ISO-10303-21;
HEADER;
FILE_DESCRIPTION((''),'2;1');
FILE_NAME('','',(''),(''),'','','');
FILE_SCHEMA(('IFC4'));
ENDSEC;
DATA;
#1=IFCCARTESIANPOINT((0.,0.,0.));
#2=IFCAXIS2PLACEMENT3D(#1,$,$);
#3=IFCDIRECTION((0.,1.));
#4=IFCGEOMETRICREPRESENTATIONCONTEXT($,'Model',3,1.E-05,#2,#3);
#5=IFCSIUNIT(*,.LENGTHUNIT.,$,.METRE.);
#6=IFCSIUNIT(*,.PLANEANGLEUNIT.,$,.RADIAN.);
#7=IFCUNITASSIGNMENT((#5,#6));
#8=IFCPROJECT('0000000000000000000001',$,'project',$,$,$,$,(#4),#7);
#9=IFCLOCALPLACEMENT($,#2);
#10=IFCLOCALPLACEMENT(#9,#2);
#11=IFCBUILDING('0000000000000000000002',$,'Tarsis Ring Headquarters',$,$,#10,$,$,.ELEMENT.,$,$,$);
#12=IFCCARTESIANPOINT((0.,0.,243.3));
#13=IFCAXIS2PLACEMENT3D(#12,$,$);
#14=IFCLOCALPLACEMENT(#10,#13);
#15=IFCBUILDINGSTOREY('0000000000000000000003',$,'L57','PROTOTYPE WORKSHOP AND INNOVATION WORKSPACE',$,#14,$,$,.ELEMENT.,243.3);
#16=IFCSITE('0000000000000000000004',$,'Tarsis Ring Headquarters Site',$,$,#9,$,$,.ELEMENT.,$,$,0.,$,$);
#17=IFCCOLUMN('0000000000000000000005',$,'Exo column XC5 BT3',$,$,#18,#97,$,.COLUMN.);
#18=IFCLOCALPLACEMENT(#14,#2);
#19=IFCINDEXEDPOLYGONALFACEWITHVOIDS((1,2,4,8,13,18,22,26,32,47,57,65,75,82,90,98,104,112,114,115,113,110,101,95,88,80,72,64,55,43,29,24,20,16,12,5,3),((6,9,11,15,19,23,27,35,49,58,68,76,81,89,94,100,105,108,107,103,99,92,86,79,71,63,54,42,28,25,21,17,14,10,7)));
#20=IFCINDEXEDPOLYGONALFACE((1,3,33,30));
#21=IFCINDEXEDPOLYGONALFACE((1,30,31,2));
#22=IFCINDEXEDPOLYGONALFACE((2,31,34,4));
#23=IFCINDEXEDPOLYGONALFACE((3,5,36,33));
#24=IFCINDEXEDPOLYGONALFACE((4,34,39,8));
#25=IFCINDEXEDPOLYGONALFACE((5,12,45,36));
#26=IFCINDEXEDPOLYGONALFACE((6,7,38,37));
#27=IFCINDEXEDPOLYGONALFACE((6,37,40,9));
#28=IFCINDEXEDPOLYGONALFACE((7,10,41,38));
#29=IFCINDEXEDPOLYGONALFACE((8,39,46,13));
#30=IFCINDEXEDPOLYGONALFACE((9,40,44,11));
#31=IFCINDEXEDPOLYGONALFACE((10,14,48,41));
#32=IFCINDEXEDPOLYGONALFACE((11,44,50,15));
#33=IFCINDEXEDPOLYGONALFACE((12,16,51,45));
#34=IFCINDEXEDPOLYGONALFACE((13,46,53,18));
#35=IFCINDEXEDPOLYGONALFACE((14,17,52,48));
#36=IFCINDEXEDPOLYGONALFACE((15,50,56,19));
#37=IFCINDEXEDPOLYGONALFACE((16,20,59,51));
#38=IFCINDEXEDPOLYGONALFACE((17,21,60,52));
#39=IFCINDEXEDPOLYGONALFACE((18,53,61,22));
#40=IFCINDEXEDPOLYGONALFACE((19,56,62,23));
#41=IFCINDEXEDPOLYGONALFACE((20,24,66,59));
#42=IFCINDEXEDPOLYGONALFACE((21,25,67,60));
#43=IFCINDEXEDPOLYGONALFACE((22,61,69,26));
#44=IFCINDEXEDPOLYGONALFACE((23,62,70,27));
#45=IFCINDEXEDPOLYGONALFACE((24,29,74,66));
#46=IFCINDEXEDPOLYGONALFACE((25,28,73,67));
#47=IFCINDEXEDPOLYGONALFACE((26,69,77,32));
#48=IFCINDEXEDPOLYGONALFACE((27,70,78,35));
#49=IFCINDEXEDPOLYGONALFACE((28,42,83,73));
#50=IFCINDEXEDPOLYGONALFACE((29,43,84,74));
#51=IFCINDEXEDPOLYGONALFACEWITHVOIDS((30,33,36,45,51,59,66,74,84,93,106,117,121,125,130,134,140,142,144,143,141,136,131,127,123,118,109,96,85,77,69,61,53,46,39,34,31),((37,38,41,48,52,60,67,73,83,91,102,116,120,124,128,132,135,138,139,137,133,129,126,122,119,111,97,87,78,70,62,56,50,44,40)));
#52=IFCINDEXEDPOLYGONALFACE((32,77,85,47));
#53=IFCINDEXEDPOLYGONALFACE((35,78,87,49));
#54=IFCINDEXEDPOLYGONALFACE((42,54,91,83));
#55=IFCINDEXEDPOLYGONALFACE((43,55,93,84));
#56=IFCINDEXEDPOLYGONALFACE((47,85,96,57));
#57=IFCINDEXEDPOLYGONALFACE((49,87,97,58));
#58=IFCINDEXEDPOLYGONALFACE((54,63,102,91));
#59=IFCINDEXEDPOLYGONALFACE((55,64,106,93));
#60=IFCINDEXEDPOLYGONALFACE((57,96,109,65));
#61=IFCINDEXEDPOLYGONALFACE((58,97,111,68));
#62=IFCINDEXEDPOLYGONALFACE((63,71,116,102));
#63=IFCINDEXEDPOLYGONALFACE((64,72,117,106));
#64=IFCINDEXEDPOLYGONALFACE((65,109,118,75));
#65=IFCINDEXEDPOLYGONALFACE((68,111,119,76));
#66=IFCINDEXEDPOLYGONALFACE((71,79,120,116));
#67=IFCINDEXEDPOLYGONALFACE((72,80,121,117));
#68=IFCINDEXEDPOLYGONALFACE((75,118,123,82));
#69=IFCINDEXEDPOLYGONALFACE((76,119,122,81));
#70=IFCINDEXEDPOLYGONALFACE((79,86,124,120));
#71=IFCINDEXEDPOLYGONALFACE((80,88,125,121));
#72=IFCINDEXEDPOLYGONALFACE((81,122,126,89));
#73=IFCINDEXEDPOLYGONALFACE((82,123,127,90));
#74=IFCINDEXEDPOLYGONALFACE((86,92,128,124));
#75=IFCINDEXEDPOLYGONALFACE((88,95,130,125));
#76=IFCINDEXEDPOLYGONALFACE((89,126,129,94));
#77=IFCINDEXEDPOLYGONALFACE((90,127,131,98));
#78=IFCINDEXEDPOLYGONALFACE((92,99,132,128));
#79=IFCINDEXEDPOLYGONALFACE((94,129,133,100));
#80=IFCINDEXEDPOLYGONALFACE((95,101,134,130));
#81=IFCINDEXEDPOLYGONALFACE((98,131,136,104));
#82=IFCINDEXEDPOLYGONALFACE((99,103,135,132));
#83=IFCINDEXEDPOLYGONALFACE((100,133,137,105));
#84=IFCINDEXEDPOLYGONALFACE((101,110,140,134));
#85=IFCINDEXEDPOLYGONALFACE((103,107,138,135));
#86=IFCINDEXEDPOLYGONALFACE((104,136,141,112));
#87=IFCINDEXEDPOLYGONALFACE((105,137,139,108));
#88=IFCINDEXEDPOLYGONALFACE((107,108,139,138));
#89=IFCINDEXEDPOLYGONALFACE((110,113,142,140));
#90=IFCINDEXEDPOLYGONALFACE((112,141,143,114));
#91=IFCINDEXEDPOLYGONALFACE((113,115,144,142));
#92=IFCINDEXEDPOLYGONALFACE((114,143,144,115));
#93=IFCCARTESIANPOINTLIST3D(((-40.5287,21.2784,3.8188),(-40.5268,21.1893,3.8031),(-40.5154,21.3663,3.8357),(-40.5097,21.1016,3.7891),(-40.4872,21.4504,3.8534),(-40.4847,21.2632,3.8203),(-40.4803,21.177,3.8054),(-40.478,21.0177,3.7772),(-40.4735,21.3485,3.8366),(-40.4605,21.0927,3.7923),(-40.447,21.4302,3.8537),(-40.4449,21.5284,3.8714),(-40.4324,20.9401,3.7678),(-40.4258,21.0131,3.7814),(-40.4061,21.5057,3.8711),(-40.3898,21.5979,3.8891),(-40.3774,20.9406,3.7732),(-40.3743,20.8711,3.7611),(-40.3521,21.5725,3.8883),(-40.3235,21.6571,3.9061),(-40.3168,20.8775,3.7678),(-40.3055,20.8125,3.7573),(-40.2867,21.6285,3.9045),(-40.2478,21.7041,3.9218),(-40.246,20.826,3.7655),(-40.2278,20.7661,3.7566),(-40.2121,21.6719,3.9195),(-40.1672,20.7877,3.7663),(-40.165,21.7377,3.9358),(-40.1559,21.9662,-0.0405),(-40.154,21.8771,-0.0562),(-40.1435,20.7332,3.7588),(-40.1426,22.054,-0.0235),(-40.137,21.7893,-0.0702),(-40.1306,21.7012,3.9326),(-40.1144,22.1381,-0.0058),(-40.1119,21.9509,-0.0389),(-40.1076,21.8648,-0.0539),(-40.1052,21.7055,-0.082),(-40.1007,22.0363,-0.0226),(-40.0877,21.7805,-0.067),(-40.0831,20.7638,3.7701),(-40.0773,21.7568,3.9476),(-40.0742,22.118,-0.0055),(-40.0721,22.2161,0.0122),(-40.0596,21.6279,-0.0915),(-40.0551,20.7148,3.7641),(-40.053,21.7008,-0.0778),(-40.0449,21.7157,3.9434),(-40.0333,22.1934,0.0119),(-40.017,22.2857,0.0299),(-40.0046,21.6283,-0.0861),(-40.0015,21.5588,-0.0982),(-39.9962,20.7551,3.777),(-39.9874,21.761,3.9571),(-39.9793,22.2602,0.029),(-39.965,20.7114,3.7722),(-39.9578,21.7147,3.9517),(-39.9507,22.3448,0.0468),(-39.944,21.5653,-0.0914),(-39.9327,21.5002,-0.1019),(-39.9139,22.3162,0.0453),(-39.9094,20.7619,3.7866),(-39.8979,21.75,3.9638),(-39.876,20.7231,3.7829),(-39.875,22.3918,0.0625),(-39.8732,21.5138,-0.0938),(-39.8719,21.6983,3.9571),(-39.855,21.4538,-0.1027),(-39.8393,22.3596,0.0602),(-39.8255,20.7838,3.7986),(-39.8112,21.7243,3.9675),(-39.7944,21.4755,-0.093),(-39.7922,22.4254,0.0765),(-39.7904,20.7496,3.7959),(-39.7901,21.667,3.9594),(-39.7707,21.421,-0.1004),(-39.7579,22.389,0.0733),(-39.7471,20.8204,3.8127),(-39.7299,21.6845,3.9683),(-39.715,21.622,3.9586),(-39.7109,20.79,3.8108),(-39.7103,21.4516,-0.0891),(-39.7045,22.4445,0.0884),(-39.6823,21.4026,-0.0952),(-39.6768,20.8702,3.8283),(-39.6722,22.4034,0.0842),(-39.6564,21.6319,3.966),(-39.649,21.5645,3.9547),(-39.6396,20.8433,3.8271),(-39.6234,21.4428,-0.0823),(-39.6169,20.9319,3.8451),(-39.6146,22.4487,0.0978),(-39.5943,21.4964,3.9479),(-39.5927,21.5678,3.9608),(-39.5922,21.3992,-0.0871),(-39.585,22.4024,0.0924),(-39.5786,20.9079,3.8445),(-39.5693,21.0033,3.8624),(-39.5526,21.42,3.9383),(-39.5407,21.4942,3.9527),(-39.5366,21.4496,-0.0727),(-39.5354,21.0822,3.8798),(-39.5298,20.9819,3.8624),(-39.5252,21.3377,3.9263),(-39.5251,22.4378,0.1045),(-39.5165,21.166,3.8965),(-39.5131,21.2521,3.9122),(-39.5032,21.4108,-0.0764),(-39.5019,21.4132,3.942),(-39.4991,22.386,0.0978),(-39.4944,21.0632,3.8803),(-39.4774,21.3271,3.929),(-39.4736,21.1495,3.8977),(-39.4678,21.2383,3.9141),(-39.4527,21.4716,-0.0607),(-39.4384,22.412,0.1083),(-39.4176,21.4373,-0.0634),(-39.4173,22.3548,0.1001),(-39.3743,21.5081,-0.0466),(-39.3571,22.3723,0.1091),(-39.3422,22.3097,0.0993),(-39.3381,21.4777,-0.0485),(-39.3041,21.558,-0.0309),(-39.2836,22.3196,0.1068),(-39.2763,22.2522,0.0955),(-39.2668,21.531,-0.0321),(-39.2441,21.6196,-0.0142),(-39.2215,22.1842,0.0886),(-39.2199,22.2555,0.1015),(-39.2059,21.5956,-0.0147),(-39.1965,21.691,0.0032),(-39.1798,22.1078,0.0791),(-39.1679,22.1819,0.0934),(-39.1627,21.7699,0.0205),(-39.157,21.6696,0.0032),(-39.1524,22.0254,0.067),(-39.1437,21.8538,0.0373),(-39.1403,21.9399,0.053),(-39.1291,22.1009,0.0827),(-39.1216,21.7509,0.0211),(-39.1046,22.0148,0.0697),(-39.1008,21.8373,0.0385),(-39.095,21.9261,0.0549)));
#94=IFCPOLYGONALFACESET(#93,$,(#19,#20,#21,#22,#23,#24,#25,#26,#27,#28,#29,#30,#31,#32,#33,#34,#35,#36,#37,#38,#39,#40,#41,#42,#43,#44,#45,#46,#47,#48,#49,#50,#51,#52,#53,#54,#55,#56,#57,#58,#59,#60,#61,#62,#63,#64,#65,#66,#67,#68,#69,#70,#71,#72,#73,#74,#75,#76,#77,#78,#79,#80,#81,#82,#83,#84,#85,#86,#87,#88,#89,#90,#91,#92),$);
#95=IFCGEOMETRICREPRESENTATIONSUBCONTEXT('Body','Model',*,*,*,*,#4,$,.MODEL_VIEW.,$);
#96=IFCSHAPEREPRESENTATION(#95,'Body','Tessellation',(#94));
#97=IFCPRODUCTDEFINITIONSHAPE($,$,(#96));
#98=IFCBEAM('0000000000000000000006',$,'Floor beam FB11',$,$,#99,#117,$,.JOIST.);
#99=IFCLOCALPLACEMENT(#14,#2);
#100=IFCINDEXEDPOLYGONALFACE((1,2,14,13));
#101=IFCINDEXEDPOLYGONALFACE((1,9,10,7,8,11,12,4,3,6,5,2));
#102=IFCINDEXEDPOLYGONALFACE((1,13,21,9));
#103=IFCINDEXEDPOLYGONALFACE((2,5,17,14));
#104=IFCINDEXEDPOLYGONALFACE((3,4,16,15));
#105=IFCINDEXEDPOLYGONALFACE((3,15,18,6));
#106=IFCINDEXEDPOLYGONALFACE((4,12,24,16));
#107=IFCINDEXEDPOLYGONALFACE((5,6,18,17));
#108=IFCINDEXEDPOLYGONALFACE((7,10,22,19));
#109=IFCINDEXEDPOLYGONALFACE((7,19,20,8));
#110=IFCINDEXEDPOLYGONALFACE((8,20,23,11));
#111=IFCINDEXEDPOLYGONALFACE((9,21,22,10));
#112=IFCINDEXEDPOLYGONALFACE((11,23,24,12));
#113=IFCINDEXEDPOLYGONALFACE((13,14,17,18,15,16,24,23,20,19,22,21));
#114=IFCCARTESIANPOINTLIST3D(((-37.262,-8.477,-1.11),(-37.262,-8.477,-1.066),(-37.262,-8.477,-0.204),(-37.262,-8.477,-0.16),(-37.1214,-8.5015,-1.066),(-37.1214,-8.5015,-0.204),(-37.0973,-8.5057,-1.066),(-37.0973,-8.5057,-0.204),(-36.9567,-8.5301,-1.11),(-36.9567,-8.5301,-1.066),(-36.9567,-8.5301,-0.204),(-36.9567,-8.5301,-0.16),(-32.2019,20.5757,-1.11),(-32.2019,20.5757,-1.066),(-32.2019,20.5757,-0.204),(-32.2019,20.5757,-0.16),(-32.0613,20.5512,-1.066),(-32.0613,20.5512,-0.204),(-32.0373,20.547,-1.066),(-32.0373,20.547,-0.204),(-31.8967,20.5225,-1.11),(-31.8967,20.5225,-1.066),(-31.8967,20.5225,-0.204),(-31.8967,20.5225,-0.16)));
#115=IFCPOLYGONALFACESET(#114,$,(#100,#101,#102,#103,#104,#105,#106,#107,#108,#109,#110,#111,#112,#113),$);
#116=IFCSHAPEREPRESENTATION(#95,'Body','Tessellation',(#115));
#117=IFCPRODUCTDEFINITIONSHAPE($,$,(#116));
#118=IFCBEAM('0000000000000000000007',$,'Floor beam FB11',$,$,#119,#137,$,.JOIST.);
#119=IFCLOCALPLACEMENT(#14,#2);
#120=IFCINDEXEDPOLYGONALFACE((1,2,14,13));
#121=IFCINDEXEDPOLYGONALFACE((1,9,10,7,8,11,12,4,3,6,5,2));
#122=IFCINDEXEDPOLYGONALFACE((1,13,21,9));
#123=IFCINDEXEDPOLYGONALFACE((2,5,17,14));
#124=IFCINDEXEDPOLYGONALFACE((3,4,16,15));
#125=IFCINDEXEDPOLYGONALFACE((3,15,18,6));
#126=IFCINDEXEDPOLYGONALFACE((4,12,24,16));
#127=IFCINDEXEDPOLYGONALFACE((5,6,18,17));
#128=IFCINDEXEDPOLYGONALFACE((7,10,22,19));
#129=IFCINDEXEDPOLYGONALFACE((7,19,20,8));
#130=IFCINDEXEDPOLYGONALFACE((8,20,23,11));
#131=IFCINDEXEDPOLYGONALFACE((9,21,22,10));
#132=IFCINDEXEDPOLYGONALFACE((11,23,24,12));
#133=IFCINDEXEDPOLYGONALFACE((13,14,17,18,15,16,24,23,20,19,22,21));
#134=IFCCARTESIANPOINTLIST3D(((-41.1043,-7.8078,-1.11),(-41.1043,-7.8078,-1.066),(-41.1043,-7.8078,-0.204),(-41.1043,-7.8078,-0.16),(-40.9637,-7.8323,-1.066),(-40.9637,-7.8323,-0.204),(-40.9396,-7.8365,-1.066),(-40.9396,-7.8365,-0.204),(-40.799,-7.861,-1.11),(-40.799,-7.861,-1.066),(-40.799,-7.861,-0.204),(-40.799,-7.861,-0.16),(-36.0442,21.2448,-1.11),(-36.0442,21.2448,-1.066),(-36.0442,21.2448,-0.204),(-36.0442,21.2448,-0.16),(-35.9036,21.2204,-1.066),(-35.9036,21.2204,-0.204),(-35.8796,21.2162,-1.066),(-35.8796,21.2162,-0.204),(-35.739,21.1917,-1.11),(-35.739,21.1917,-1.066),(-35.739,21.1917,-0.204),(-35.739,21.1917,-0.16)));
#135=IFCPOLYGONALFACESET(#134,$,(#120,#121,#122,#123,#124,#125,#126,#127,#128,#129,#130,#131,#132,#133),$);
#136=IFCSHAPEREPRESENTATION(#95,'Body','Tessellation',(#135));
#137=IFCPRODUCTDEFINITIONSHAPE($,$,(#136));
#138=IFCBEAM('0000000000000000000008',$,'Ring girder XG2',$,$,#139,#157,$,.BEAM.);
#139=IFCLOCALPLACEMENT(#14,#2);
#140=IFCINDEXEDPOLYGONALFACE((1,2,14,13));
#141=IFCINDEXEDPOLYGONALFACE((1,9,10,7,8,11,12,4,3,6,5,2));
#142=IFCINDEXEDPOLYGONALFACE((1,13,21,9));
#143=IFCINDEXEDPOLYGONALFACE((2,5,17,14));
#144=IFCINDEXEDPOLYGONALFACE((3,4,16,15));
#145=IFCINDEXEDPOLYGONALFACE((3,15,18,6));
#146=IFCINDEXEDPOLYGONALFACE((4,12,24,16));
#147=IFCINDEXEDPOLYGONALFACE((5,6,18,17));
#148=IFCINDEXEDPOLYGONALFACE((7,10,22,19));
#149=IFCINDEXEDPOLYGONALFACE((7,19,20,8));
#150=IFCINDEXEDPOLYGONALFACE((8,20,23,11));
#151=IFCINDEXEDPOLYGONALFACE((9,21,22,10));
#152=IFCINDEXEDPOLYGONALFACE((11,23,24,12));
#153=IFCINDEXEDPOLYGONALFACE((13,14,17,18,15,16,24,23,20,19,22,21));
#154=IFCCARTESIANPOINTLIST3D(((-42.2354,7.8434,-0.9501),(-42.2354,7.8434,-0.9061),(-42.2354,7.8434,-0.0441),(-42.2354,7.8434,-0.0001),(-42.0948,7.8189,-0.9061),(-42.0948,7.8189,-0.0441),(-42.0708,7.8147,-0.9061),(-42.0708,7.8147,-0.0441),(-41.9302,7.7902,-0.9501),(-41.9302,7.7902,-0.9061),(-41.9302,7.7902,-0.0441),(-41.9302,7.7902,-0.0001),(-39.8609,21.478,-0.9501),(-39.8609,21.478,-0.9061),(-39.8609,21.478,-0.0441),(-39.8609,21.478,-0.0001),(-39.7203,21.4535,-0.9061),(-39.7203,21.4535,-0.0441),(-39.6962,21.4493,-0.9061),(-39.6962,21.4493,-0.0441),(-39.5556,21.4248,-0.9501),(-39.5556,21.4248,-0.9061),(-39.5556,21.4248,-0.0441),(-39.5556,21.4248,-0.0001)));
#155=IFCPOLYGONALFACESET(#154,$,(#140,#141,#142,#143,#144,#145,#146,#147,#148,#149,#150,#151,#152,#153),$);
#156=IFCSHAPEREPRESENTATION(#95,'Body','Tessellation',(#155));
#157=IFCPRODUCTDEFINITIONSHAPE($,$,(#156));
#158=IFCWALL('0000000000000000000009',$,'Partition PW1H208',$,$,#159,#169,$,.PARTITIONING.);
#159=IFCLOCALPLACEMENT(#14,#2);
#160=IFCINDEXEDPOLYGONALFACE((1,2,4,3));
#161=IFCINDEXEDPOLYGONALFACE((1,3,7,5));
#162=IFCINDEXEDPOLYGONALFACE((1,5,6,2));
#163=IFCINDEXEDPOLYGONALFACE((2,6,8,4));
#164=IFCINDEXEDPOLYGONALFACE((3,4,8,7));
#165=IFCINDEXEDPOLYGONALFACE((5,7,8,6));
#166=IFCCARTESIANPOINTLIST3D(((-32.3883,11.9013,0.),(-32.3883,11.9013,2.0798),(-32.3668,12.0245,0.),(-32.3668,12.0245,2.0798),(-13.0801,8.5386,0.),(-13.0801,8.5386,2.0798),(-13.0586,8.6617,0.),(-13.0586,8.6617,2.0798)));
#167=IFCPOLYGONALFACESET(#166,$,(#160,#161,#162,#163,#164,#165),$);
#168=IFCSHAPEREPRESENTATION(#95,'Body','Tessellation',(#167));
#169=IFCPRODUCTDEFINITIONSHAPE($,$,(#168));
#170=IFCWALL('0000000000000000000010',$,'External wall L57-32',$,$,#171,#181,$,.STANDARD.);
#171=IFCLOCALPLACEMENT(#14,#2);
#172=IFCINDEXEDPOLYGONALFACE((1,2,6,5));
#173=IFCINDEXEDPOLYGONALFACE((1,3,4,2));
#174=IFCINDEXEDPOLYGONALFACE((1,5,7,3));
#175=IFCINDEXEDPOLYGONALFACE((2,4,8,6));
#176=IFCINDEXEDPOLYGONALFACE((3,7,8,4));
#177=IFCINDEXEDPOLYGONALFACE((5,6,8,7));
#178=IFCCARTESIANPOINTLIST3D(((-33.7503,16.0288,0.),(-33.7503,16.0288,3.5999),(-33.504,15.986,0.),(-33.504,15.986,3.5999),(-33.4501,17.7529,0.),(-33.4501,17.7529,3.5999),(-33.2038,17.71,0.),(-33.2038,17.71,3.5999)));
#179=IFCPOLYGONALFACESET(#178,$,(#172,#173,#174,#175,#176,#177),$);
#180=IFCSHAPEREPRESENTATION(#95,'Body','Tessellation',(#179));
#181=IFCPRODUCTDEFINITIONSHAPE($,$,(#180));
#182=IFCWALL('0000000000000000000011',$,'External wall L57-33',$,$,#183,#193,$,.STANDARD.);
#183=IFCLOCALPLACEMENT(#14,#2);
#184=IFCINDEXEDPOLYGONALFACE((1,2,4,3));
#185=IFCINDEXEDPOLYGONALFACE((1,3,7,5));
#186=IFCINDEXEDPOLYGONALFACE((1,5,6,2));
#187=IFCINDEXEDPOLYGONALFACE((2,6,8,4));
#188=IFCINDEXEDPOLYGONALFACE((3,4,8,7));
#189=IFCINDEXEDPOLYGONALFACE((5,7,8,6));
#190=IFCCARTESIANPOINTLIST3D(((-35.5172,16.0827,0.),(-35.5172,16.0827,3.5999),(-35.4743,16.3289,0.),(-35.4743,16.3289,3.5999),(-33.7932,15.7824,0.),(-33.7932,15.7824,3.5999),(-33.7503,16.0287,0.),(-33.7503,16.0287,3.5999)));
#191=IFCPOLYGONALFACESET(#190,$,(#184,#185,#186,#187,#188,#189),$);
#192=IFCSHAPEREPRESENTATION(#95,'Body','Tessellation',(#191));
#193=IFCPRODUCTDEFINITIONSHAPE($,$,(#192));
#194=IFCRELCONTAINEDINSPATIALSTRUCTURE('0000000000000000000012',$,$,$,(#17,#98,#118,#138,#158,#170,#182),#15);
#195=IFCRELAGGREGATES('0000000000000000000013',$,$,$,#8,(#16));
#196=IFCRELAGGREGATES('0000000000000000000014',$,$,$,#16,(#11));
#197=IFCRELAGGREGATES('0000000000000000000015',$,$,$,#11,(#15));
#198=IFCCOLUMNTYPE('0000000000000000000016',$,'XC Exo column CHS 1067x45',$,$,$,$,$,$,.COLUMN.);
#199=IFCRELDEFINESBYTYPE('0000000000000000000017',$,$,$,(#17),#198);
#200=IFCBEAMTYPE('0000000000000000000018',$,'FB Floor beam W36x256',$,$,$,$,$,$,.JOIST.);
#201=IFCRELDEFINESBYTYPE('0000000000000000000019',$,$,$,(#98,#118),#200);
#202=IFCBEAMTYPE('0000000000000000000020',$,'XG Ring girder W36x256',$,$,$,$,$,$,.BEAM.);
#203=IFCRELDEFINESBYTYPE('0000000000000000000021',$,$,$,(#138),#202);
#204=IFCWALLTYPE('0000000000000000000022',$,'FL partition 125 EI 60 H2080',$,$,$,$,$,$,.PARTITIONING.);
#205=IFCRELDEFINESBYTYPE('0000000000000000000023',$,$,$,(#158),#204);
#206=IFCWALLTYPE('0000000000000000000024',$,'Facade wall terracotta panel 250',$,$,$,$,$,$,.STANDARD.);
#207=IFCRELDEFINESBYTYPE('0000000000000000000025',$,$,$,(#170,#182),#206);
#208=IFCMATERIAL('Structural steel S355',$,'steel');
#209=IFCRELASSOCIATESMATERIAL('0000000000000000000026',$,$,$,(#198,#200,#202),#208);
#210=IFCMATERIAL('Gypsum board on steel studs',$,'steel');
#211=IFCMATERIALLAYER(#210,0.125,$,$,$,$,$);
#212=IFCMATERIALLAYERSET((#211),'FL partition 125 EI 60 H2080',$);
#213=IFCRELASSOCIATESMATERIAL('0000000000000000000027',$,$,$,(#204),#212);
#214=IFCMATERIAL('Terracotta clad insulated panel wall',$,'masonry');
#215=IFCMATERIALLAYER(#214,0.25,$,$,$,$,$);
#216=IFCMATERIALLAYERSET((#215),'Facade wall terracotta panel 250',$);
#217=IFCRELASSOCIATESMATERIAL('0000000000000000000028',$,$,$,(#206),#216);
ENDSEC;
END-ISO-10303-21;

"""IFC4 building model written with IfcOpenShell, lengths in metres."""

from ifc_helpers import new_model, si_unit, direction, frame, frame_2d, origin, origin_2d, place, context, subcontext, project, spatial, rectangle, hollow_circle, i_section, extrude, material, layer, layer_set, material_profile, profile_set, type_object, element, save


model = new_model("IFC4")

# Units and contexts
model_context = context("Model", 3, precision=1e-05, world=origin(), true_north=direction((0.0, 1.0)))
body_context = subcontext(model_context, "Body", "Model", "MODEL_VIEW")
ifc_project = project(units=[si_unit("LENGTHUNIT", "METRE"), si_unit("PLANEANGLEUNIT", "RADIAN")], contexts=[model_context])

# Site, building, storey
site_placement = place(None, origin())
site = spatial("IfcSite", under=ifc_project, at=site_placement, Name="Tarsis Ring Headquarters Site", CompositionType="ELEMENT", RefElevation=0.0)
building_placement = place(site_placement, origin())
building = spatial("IfcBuilding", under=site, at=building_placement, Name="Tarsis Ring Headquarters", CompositionType="ELEMENT")
storey_placement = place(building_placement, frame((0.0, 0.0, 243.3)))
storey = spatial("IfcBuildingStorey", under=building, at=storey_placement, Name="L57", Description="PROTOTYPE WORKSHOP AND INNOVATION WORKSPACE", CompositionType="ELEMENT", Elevation=243.3)

# Column
ifc_material_1 = material(Name="Structural steel S355", Category="steel")
ifc_material_profile_1 = material_profile(ifc_material_1, hollow_circle(Radius=0.5334, WallThickness=0.0449, at=origin_2d()), Name="CHS 1067x45")
ifc_profile_set_1 = profile_set([ifc_material_profile_1], Name="Structural steel S355")
column_type = type_object("IfcColumnType", Name="XC Exo column CHS 1067x45", PredefinedType="COLUMN", material=ifc_profile_set_1)
column_placement = place(storey_placement, frame((-39.626, 21.9238, 0.0032), z_axis=(-0.094671, -0.174649, 0.980069), x_axis=(0.879145, -0.476555, 0.0)))
element("IfcColumn", 1, at=column_placement, inside=storey, type_object=column_type, Name="Exo column XC5 BT3", PredefinedType="COLUMN", context=body_context, shape_type="SweptSolid", body=[
    extrude(hollow_circle(Radius=0.5334, WallThickness=0.0449, at=origin_2d()), origin(), (0.0, 0.0, 1.0), 3.9377),
])

# Beams
ifc_material_profile_2 = material_profile(ifc_material_1, i_section(OverallWidth=0.3098, OverallDepth=0.95, WebThickness=0.0244, FlangeThickness=0.0439, at=origin_2d()), Name="W36x256")
ifc_profile_set_2 = profile_set([ifc_material_profile_2], Name="Structural steel S355")
beam_type_1 = type_object("IfcBeamType", Name="FB Floor beam W36x256", PredefinedType="JOIST", material=ifc_profile_set_2)
for number, where, z_axis, x_axis, name in (
    (2, (-32.0493, 20.5491, -0.635), (-0.171585, -0.985169, 0.0), (0.985169, -0.171585, 0.0), "Floor beam FB11"),
    (3, (-35.8916, 21.2183, -0.635), (-0.171585, -0.985169, 0.0), (0.985169, -0.171585, 0.0), "Floor beam FB11"),
):
    element("IfcBeam", number, at=place(storey_placement, frame(where, z_axis=z_axis, x_axis=x_axis)), inside=storey, type_object=beam_type_1, Name=name, PredefinedType="JOIST", context=body_context, shape_type="SweptSolid", body=[
        extrude(i_section(OverallWidth=0.3098, OverallDepth=0.95, WebThickness=0.0244, FlangeThickness=0.0439, at=origin_2d()), origin(), (0.0, 0.0, 1.0), 29.49),
    ])
beam_type_2 = type_object("IfcBeamType", Name="XG Ring girder W36x256", PredefinedType="BEAM", material=ifc_profile_set_2)
beam_placement = place(storey_placement, frame((-39.7083, 21.4514, -0.4751), z_axis=(-0.171572, -0.985172, 0.0), x_axis=(0.985172, -0.171572, 0.0)))
element("IfcBeam", 4, at=beam_placement, inside=storey, type_object=beam_type_2, Name="Ring girder XG2", PredefinedType="BEAM", context=body_context, shape_type="SweptSolid", body=[
    extrude(i_section(OverallWidth=0.3098, OverallDepth=0.95, WebThickness=0.0244, FlangeThickness=0.0439, at=origin_2d()), origin(), (0.0, 0.0, 1.0), 13.8398),
])

# Walls
ifc_material_2 = material(Name="Gypsum board on steel studs", Category="steel")
ifc_layer_1 = layer(ifc_material_2, 0.125)
ifc_layer_set_1 = layer_set([ifc_layer_1], Name="FL partition 125 EI 60 H2080")
wall_type_1 = type_object("IfcWallType", Name="FL partition 125 EI 60 H2080", PredefinedType="PARTITIONING", material=ifc_layer_set_1)
wall_1_placement = place(storey_placement, frame((-32.3774, 11.9629, 0.0), z_axis=(0.0, 0.0, 1.0), x_axis=(0.98517, -0.17158, 0.0)))
element("IfcWall", 5, at=wall_1_placement, inside=storey, type_object=wall_type_1, Name="Partition PW1H208", PredefinedType="PARTITIONING", context=body_context, shape_type="SweptSolid", body=[
    extrude(rectangle(XDim=19.5989, YDim=0.125, at=frame_2d((9.7993, 0.0))), origin(), (0.0, 0.0, 1.0), 2.0798),
])
ifc_material_3 = material(Name="Terracotta clad insulated panel wall", Category="masonry")
ifc_layer_2 = layer(ifc_material_3, 0.25)
ifc_layer_set_2 = layer_set([ifc_layer_2], Name="Facade wall terracotta panel 250")
wall_type_2 = type_object("IfcWallType", Name="Facade wall terracotta panel 250", PredefinedType="STANDARD", material=ifc_layer_set_2)
for number, where, z_axis, x_axis, name in (
    (6, (-33.3269, 17.7314, 0.0), (0.0, 0.0, 1.0), (-0.171588, -0.985169, 0.0), "External wall L57-32"),
    (7, (-33.7717, 15.9055, 0.0), (0.0, 0.0, 1.0), (-0.985169, 0.171588, 0.0), "External wall L57-33"),
):
    element("IfcWall", number, at=place(storey_placement, frame(where, z_axis=z_axis, x_axis=x_axis)), inside=storey, type_object=wall_type_2, Name=name, PredefinedType="STANDARD", context=body_context, shape_type="SweptSolid", body=[
        extrude(rectangle(XDim=1.75, YDim=0.25, at=frame_2d((0.875, 0.0))), origin(), (0.0, 0.0, 1.0), 3.5999),
    ])

save(model, "model.ifc")
